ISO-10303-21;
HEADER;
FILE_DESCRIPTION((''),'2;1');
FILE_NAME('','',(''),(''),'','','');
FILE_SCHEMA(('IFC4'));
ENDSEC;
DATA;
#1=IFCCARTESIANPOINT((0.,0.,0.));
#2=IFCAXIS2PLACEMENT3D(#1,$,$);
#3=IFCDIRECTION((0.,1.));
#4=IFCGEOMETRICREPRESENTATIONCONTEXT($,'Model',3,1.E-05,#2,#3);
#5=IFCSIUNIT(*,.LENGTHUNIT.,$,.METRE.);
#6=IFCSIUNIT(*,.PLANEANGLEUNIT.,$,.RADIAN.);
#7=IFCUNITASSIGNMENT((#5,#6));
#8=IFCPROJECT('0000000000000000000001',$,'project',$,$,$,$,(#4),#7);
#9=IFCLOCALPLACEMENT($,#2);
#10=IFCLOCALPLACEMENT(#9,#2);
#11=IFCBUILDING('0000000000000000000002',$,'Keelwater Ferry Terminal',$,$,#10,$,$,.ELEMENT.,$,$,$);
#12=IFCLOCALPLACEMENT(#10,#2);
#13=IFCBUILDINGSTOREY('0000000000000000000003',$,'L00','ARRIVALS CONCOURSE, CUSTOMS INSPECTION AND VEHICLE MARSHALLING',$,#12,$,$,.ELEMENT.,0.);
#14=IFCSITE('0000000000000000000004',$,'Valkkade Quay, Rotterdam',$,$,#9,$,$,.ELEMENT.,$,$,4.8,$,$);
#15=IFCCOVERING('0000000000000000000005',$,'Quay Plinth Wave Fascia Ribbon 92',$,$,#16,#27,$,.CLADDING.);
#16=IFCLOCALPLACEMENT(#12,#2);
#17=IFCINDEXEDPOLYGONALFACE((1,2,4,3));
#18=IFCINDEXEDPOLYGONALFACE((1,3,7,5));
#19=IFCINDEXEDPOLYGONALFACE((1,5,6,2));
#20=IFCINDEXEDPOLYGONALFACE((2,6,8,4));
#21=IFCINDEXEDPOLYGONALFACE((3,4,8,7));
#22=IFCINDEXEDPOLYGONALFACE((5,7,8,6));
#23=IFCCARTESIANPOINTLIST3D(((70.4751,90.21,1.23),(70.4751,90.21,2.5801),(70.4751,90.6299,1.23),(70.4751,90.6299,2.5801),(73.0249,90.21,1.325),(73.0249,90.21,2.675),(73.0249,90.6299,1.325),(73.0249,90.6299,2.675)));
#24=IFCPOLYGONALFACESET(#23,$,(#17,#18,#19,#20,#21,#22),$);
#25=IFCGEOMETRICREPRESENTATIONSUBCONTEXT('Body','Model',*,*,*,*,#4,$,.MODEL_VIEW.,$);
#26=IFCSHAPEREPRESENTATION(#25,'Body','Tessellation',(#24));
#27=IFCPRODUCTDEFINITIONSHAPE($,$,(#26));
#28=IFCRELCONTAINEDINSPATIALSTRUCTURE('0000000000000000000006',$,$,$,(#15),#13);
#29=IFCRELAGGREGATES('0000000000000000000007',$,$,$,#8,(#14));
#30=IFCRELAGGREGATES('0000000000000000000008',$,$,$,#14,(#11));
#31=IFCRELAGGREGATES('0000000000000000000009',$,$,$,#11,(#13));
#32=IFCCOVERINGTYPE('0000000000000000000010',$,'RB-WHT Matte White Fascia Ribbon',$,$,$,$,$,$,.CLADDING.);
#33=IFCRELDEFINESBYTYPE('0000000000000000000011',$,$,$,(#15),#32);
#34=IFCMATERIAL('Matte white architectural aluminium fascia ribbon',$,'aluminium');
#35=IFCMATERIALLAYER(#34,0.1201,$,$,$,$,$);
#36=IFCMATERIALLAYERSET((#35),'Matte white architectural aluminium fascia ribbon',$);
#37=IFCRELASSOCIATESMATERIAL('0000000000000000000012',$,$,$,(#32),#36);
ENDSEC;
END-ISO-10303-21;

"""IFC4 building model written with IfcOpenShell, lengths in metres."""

from ifc_helpers import new_model, si_unit, direction, frame, origin, place, context, subcontext, project, spatial, polyline, outline, extrude, material, layer, layer_set, type_object, element, save


model = new_model("IFC4")

# Units and contexts
model_context = context("Model", 3, precision=1e-05, world=origin(), true_north=direction((0.0, 1.0)))
body_context = subcontext(model_context, "Body", "Model", "MODEL_VIEW")
ifc_project = project(units=[si_unit("LENGTHUNIT", "METRE"), si_unit("PLANEANGLEUNIT", "RADIAN")], contexts=[model_context])

# Site, building, storey
site_placement = place(None, origin())
site = spatial("IfcSite", under=ifc_project, at=site_placement, Name="Valkkade Quay, Rotterdam", CompositionType="ELEMENT", RefElevation=4.8)
building_placement = place(site_placement, origin())
building = spatial("IfcBuilding", under=site, at=building_placement, Name="Keelwater Ferry Terminal", CompositionType="ELEMENT")
storey_placement = place(building_placement, origin())
storey = spatial("IfcBuildingStorey", under=building, at=storey_placement, Name="L00", Description="ARRIVALS CONCOURSE, CUSTOMS INSPECTION AND VEHICLE MARSHALLING", CompositionType="ELEMENT", Elevation=0.0)

# Covering
ifc_material_1 = material(Name="Matte white architectural aluminium fascia ribbon", Category="aluminium")
ifc_layer_1 = layer(ifc_material_1, 0.1201)
ifc_layer_set_1 = layer_set([ifc_layer_1], Name="Matte white architectural aluminium fascia ribbon")
covering_type = type_object("IfcCoveringType", Name="RB-WHT Matte White Fascia Ribbon", PredefinedType="CLADDING", material=ifc_layer_set_1)
covering_1_placement = place(storey_placement, frame((73.0249, 90.4199, 1.23), z_axis=(0.0, 0.0, 1.0), x_axis=(-1.0, 0.0, 0.0)))
element("IfcCovering", 1, at=covering_1_placement, inside=storey, type_object=covering_type, Name="Quay Plinth Wave Fascia Ribbon 92", PredefinedType="CLADDING", context=body_context, shape_type="SweptSolid", body=[
    extrude(outline(polyline([(0.0, 0.095), (2.5498, 0.0), (2.5498, 1.3501), (0.0, 1.4451), (0.0, 0.095)])), frame((0.0, 0.21, 0.0), z_axis=(0.0, -1.0, 0.0), x_axis=(1.0, 0.0, 0.0)), (0.0, 0.0, 1.0), 0.4199),
])

save(model, "model.ifc")
